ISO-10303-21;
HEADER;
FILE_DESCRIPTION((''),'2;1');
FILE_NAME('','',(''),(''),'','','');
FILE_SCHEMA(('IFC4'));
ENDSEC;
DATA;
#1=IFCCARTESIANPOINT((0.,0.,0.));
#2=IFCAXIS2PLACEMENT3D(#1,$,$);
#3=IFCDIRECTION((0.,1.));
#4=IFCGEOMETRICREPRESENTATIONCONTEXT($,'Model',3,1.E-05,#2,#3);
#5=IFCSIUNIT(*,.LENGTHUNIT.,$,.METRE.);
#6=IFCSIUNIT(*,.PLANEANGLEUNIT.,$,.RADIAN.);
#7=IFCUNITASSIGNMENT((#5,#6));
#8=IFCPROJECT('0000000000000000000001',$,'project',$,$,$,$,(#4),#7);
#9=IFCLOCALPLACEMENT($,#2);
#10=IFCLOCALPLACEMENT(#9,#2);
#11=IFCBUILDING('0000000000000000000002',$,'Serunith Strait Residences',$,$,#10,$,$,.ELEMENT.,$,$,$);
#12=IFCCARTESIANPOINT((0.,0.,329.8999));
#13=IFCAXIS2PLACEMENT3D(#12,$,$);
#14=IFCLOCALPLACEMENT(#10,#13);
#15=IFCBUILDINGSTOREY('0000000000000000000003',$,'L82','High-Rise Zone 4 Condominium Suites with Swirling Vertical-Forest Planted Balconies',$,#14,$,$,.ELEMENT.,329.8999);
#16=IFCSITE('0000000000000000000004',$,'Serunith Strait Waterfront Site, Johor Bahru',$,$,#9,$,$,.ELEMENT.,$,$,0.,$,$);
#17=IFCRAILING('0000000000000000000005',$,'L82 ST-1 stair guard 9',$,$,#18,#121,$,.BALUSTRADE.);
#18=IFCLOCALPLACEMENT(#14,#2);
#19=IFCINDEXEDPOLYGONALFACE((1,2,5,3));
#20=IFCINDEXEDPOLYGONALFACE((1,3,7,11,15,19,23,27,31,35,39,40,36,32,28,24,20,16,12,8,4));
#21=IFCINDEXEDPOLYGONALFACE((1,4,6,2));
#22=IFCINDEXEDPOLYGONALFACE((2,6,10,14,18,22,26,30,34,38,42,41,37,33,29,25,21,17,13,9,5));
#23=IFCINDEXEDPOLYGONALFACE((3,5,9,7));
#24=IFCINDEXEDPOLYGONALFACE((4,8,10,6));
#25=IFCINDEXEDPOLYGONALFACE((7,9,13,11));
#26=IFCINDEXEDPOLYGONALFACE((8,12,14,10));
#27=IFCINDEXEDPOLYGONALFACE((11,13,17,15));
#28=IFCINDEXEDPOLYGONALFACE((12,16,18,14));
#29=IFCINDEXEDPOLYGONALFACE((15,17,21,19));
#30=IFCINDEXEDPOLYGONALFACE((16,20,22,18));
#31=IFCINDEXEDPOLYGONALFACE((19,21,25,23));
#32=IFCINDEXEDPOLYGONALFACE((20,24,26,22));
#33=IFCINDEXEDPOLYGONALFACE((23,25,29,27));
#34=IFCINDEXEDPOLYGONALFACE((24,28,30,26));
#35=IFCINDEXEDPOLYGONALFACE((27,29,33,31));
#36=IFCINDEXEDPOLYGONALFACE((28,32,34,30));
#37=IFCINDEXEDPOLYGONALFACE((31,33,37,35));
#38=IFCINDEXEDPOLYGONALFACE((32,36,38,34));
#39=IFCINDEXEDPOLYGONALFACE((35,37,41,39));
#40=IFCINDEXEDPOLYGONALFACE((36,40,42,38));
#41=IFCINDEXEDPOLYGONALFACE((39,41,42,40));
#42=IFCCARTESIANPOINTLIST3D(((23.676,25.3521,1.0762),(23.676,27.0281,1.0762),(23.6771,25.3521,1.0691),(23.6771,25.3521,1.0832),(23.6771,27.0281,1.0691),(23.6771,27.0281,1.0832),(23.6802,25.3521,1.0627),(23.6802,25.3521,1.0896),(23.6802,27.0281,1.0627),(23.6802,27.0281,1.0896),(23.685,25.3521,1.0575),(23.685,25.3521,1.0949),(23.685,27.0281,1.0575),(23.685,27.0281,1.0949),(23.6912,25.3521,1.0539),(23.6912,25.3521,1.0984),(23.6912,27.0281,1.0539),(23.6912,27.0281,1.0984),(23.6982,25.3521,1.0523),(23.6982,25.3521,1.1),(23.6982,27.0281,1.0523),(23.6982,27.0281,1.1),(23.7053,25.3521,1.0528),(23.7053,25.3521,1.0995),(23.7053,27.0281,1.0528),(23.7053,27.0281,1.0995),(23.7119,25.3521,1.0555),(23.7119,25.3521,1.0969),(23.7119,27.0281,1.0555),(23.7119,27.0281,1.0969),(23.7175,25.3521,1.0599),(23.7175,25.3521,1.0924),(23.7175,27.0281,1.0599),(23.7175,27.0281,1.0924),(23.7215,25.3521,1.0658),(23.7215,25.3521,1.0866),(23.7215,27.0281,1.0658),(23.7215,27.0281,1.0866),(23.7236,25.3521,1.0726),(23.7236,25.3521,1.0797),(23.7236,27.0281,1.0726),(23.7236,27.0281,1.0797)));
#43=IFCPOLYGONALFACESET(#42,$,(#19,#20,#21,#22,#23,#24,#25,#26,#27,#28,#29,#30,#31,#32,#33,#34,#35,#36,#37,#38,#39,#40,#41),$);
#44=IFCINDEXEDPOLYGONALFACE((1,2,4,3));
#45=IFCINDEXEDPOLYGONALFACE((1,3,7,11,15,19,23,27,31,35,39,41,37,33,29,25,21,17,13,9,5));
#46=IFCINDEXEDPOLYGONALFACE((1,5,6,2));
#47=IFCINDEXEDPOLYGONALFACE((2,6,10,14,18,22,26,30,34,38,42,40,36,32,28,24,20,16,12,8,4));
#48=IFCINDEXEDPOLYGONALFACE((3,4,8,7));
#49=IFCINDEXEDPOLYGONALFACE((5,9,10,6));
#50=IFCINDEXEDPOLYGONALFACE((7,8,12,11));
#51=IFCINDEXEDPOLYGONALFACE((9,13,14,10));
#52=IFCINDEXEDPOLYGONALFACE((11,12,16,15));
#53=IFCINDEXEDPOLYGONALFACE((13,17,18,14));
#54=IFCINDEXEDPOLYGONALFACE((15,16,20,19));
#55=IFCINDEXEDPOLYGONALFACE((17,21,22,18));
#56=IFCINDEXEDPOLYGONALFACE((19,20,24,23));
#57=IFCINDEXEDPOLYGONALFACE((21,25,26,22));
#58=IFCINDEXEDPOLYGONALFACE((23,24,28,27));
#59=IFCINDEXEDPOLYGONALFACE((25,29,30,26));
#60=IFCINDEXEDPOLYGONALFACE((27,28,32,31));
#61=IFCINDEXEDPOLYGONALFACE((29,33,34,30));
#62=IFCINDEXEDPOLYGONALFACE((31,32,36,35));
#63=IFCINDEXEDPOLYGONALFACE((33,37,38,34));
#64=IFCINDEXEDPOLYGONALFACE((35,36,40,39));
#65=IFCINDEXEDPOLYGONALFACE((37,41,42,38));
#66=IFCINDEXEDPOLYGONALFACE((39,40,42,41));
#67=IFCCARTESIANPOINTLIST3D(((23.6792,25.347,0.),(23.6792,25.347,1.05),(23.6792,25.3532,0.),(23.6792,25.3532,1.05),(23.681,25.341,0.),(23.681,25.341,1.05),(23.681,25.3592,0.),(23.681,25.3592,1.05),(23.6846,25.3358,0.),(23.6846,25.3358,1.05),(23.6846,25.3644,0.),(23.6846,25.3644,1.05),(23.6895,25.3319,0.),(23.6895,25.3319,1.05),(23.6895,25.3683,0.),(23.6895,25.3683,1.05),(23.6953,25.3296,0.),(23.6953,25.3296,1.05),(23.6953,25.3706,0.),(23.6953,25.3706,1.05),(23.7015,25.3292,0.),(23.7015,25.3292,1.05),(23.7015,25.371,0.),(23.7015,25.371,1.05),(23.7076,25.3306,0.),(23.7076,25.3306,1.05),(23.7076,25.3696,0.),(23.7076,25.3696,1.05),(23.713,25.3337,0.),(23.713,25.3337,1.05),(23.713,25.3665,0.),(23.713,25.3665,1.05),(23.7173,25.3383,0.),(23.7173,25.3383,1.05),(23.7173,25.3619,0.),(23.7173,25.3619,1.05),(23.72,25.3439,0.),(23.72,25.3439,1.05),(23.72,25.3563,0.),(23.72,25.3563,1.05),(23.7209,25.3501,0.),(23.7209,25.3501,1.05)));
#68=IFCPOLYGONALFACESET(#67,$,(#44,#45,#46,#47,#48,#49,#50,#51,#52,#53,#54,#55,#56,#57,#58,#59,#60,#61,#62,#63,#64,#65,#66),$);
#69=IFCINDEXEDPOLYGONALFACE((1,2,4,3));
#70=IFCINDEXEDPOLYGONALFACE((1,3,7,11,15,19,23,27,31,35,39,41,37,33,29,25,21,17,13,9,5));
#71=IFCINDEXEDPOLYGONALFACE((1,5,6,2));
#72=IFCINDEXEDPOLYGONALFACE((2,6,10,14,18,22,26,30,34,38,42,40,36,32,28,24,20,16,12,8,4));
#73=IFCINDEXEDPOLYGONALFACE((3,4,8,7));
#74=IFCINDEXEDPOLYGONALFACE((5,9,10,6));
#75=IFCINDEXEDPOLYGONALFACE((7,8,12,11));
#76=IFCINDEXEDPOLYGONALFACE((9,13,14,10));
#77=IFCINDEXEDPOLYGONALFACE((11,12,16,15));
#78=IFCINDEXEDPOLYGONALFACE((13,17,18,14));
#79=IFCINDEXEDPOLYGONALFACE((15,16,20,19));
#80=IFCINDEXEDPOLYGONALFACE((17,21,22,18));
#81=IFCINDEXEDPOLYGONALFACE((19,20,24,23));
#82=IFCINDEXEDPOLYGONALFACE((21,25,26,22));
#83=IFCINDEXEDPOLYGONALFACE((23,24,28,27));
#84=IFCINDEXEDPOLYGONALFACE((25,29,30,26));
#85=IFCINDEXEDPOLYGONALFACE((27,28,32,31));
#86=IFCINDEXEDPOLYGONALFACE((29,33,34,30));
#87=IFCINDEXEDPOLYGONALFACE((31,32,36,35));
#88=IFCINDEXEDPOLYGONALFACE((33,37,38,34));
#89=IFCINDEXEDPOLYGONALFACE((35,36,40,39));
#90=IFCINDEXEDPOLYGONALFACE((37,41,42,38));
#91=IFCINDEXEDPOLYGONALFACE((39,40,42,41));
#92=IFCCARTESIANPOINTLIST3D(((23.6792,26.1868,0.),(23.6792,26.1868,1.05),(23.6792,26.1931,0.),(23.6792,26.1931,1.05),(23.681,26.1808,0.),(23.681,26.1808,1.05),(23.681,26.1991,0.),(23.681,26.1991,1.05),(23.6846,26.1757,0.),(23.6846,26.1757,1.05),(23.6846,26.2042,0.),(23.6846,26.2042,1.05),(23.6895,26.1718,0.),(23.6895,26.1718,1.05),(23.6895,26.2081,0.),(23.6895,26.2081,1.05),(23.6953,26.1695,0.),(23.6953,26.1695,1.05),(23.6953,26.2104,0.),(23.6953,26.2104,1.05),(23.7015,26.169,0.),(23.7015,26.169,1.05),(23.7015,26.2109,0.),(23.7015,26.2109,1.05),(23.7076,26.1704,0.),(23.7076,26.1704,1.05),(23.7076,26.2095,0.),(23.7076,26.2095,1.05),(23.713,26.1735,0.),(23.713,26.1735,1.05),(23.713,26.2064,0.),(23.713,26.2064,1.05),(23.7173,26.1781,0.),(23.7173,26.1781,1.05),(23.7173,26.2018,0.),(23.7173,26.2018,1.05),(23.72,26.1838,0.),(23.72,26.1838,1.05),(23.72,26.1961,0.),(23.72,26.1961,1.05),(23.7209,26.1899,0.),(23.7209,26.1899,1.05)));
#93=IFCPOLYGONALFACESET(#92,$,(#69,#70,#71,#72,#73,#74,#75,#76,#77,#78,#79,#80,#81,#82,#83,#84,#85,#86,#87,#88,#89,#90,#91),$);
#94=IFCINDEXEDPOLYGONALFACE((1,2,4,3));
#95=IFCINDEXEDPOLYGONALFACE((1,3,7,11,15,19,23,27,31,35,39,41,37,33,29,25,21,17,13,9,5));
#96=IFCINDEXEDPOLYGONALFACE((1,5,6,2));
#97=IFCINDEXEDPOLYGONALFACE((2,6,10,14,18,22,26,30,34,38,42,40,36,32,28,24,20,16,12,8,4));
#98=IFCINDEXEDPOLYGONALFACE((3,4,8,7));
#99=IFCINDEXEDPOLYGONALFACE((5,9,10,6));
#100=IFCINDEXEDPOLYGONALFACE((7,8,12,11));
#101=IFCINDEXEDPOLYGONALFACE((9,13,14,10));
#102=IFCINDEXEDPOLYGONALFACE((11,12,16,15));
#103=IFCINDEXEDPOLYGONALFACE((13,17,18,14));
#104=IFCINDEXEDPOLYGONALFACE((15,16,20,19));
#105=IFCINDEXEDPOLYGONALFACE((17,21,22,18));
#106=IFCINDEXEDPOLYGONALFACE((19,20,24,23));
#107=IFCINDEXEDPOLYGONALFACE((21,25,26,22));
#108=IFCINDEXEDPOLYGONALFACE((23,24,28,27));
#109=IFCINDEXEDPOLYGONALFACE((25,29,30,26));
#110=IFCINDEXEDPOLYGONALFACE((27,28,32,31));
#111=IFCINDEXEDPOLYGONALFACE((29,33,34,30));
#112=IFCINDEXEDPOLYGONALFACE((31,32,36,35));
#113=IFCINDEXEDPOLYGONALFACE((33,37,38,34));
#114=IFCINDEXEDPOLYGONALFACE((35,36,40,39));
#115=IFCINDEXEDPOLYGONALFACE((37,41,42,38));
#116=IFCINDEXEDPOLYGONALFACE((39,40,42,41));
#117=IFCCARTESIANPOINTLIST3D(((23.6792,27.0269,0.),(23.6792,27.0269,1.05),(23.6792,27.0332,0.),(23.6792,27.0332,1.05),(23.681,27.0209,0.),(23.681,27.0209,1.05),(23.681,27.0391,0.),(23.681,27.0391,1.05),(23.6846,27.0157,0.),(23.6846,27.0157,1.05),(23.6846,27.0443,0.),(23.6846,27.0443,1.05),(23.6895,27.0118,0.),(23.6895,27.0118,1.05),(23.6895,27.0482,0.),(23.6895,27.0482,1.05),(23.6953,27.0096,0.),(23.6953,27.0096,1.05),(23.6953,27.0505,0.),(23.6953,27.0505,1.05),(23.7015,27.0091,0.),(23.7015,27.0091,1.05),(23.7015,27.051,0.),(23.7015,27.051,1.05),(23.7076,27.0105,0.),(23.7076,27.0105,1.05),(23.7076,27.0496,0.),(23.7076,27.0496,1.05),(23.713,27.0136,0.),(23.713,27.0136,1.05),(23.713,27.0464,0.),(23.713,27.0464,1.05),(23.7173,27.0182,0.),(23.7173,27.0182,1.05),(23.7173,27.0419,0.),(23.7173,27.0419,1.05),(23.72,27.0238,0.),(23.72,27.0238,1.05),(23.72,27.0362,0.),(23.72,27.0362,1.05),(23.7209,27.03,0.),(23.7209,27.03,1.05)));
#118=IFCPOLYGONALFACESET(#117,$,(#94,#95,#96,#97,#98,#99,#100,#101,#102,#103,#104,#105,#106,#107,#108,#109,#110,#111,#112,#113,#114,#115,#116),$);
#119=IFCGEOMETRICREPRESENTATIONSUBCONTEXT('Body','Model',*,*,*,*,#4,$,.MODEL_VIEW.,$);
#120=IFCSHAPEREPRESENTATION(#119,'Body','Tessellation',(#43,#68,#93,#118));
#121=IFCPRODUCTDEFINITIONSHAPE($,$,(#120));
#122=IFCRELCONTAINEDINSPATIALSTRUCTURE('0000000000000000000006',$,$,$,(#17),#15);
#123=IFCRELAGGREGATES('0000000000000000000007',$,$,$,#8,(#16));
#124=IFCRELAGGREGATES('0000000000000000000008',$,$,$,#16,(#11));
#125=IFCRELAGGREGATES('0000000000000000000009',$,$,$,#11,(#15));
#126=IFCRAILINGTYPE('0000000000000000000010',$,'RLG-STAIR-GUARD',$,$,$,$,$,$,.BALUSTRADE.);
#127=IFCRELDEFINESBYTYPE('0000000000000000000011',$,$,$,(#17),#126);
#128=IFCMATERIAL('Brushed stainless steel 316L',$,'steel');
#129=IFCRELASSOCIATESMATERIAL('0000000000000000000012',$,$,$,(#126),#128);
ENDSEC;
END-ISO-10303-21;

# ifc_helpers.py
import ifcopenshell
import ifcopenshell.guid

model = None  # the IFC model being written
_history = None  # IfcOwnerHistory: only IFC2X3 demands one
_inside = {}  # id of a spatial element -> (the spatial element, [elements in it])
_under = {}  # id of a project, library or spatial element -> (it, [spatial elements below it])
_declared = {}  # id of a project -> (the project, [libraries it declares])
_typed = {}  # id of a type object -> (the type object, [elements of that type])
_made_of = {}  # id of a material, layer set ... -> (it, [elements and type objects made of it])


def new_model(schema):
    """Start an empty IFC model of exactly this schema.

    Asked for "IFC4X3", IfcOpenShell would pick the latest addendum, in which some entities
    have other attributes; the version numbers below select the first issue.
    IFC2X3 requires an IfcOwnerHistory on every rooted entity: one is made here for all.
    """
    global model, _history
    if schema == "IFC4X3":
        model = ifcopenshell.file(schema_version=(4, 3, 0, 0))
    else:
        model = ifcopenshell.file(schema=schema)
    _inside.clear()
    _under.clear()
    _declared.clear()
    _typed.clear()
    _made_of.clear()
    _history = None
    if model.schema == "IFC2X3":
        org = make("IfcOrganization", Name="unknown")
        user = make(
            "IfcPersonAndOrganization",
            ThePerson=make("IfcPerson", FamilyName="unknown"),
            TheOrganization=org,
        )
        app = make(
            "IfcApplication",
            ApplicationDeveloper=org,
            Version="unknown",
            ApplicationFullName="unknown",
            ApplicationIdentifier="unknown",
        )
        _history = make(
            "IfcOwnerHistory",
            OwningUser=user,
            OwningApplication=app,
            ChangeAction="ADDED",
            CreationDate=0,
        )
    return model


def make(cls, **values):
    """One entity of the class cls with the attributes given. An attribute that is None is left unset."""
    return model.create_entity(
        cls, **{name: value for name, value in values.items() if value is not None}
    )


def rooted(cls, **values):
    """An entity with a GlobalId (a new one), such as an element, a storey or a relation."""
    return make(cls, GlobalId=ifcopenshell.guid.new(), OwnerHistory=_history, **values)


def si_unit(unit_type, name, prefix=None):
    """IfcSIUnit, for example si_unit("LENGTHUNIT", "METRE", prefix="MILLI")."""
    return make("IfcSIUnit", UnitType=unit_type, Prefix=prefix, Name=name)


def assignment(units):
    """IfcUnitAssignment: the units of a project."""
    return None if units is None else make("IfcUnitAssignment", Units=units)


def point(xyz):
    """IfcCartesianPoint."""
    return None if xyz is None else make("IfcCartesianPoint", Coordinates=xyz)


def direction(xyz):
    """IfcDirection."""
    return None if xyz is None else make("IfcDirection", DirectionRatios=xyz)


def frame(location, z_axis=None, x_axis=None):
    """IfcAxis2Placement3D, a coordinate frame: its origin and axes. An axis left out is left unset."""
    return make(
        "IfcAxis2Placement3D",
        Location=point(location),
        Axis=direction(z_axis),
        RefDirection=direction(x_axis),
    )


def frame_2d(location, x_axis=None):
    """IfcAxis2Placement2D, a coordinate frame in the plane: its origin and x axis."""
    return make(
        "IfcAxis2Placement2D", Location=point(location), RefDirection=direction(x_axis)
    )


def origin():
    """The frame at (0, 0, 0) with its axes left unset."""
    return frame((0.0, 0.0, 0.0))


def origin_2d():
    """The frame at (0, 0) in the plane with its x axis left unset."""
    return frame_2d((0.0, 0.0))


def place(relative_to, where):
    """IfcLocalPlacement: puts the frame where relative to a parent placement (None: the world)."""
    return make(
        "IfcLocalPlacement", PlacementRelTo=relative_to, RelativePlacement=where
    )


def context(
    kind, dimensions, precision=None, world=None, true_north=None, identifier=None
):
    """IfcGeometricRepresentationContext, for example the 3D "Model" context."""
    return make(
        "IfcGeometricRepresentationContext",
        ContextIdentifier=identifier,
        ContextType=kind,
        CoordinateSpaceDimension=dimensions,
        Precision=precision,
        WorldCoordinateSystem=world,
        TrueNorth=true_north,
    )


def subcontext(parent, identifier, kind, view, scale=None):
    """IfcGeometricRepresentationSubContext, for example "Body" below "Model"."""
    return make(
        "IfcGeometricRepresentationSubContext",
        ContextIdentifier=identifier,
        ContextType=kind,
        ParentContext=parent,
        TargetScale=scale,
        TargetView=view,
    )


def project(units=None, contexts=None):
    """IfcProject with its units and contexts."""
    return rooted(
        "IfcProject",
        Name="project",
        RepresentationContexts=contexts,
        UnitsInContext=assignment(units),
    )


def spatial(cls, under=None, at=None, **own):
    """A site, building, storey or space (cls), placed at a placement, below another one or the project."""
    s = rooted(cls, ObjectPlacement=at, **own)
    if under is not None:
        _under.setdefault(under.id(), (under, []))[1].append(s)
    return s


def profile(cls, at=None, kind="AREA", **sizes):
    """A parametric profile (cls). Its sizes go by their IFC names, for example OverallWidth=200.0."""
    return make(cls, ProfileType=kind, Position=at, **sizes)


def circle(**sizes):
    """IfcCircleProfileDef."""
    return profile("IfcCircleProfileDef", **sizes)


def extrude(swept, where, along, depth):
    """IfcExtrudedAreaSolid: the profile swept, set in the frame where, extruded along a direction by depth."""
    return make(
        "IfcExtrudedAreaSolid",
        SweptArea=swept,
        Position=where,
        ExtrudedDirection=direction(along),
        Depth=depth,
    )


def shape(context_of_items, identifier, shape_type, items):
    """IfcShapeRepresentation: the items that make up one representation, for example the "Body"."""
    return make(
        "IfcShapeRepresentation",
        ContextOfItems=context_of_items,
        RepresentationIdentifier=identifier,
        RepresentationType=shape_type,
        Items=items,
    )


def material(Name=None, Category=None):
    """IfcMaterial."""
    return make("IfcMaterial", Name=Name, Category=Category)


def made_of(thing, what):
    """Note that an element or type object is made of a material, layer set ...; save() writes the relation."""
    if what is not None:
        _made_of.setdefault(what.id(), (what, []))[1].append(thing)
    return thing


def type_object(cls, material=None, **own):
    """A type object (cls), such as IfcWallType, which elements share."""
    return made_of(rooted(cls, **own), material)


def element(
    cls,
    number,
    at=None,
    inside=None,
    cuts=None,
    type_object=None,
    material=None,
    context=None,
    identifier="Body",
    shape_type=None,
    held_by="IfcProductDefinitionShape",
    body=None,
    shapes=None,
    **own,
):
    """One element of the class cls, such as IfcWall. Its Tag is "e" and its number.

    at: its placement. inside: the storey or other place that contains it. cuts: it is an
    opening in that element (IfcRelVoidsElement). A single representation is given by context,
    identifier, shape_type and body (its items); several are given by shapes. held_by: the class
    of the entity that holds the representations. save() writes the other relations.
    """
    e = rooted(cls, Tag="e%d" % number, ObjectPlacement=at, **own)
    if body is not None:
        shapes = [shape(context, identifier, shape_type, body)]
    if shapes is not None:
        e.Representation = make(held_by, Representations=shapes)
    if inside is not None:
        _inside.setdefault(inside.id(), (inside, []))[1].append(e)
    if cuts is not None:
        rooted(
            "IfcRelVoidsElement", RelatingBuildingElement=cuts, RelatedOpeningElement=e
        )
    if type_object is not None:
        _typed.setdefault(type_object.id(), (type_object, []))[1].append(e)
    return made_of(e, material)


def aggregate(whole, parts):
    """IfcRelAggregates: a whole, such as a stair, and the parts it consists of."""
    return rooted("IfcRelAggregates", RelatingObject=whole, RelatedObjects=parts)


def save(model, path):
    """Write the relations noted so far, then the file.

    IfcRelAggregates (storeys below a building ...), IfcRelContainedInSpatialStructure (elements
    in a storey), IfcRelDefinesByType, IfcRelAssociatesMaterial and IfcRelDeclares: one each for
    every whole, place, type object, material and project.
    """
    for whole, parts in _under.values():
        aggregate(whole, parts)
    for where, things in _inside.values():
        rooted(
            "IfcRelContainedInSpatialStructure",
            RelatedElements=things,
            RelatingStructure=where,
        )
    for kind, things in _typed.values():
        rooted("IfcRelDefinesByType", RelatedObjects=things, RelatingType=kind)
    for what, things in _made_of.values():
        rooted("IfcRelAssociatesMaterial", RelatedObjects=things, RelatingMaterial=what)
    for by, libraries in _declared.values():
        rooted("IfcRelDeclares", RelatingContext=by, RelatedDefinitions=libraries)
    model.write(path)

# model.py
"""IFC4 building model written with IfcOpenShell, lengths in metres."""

from ifc_helpers import new_model, si_unit, direction, frame, origin, origin_2d, place, context, subcontext, project, spatial, circle, extrude, material, type_object, element, save


model = new_model("IFC4")

# Units and contexts
model_context = context("Model", 3, precision=1e-05, world=origin(), true_north=direction((0.0, 1.0)))
body_context = subcontext(model_context, "Body", "Model", "MODEL_VIEW")
ifc_project = project(units=[si_unit("LENGTHUNIT", "METRE"), si_unit("PLANEANGLEUNIT", "RADIAN")], contexts=[model_context])

# Site, building, storey
site_placement = place(None, origin())
site = spatial("IfcSite", under=ifc_project, at=site_placement, Name="Serunith Strait Waterfront Site, Johor Bahru", CompositionType="ELEMENT", RefElevation=0.0)
building_placement = place(site_placement, origin())
building = spatial("IfcBuilding", under=site, at=building_placement, Name="Serunith Strait Residences", CompositionType="ELEMENT")
storey_placement = place(building_placement, frame((0.0, 0.0, 329.8999)))
storey = spatial("IfcBuildingStorey", under=building, at=storey_placement, Name="L82", Description="High-Rise Zone 4 Condominium Suites with Swirling Vertical-Forest Planted Balconies", CompositionType="ELEMENT", Elevation=329.8999)

# Railing
ifc_material_1 = material(Name="Brushed stainless steel 316L", Category="steel")
railing_type_1 = type_object("IfcRailingType", Name="RLG-STAIR-GUARD", PredefinedType="BALUSTRADE", material=ifc_material_1)
for number, where, name in (
    (1, (23.7, 25.3501, 0.0), "L82 ST-1 stair guard 9"),
):
    element("IfcRailing", number, at=place(storey_placement, frame(where)), inside=storey, type_object=railing_type_1, Name=name, PredefinedType="BALUSTRADE", context=body_context, shape_type="SweptSolid", body=[
        extrude(circle(Radius=0.0239, at=origin_2d()), frame((0.0, 0.002, 1.0762), z_axis=(0.0, 1.0, 0.0), x_axis=(-1.0, 0.0, 0.0)), (0.0, 0.0, 1.0), 1.676),
        extrude(circle(Radius=0.021, at=origin_2d()), origin(), (0.0, 0.0, 1.0), 1.05),
        extrude(circle(Radius=0.021, at=origin_2d()), frame((0.0, 0.8398, 0.0)), (0.0, 0.0, 1.0), 1.05),
        extrude(circle(Radius=0.021, at=origin_2d()), frame((0.0, 1.6799, 0.0)), (0.0, 0.0, 1.0), 1.05),
    ])

save(model, "model.ifc")
